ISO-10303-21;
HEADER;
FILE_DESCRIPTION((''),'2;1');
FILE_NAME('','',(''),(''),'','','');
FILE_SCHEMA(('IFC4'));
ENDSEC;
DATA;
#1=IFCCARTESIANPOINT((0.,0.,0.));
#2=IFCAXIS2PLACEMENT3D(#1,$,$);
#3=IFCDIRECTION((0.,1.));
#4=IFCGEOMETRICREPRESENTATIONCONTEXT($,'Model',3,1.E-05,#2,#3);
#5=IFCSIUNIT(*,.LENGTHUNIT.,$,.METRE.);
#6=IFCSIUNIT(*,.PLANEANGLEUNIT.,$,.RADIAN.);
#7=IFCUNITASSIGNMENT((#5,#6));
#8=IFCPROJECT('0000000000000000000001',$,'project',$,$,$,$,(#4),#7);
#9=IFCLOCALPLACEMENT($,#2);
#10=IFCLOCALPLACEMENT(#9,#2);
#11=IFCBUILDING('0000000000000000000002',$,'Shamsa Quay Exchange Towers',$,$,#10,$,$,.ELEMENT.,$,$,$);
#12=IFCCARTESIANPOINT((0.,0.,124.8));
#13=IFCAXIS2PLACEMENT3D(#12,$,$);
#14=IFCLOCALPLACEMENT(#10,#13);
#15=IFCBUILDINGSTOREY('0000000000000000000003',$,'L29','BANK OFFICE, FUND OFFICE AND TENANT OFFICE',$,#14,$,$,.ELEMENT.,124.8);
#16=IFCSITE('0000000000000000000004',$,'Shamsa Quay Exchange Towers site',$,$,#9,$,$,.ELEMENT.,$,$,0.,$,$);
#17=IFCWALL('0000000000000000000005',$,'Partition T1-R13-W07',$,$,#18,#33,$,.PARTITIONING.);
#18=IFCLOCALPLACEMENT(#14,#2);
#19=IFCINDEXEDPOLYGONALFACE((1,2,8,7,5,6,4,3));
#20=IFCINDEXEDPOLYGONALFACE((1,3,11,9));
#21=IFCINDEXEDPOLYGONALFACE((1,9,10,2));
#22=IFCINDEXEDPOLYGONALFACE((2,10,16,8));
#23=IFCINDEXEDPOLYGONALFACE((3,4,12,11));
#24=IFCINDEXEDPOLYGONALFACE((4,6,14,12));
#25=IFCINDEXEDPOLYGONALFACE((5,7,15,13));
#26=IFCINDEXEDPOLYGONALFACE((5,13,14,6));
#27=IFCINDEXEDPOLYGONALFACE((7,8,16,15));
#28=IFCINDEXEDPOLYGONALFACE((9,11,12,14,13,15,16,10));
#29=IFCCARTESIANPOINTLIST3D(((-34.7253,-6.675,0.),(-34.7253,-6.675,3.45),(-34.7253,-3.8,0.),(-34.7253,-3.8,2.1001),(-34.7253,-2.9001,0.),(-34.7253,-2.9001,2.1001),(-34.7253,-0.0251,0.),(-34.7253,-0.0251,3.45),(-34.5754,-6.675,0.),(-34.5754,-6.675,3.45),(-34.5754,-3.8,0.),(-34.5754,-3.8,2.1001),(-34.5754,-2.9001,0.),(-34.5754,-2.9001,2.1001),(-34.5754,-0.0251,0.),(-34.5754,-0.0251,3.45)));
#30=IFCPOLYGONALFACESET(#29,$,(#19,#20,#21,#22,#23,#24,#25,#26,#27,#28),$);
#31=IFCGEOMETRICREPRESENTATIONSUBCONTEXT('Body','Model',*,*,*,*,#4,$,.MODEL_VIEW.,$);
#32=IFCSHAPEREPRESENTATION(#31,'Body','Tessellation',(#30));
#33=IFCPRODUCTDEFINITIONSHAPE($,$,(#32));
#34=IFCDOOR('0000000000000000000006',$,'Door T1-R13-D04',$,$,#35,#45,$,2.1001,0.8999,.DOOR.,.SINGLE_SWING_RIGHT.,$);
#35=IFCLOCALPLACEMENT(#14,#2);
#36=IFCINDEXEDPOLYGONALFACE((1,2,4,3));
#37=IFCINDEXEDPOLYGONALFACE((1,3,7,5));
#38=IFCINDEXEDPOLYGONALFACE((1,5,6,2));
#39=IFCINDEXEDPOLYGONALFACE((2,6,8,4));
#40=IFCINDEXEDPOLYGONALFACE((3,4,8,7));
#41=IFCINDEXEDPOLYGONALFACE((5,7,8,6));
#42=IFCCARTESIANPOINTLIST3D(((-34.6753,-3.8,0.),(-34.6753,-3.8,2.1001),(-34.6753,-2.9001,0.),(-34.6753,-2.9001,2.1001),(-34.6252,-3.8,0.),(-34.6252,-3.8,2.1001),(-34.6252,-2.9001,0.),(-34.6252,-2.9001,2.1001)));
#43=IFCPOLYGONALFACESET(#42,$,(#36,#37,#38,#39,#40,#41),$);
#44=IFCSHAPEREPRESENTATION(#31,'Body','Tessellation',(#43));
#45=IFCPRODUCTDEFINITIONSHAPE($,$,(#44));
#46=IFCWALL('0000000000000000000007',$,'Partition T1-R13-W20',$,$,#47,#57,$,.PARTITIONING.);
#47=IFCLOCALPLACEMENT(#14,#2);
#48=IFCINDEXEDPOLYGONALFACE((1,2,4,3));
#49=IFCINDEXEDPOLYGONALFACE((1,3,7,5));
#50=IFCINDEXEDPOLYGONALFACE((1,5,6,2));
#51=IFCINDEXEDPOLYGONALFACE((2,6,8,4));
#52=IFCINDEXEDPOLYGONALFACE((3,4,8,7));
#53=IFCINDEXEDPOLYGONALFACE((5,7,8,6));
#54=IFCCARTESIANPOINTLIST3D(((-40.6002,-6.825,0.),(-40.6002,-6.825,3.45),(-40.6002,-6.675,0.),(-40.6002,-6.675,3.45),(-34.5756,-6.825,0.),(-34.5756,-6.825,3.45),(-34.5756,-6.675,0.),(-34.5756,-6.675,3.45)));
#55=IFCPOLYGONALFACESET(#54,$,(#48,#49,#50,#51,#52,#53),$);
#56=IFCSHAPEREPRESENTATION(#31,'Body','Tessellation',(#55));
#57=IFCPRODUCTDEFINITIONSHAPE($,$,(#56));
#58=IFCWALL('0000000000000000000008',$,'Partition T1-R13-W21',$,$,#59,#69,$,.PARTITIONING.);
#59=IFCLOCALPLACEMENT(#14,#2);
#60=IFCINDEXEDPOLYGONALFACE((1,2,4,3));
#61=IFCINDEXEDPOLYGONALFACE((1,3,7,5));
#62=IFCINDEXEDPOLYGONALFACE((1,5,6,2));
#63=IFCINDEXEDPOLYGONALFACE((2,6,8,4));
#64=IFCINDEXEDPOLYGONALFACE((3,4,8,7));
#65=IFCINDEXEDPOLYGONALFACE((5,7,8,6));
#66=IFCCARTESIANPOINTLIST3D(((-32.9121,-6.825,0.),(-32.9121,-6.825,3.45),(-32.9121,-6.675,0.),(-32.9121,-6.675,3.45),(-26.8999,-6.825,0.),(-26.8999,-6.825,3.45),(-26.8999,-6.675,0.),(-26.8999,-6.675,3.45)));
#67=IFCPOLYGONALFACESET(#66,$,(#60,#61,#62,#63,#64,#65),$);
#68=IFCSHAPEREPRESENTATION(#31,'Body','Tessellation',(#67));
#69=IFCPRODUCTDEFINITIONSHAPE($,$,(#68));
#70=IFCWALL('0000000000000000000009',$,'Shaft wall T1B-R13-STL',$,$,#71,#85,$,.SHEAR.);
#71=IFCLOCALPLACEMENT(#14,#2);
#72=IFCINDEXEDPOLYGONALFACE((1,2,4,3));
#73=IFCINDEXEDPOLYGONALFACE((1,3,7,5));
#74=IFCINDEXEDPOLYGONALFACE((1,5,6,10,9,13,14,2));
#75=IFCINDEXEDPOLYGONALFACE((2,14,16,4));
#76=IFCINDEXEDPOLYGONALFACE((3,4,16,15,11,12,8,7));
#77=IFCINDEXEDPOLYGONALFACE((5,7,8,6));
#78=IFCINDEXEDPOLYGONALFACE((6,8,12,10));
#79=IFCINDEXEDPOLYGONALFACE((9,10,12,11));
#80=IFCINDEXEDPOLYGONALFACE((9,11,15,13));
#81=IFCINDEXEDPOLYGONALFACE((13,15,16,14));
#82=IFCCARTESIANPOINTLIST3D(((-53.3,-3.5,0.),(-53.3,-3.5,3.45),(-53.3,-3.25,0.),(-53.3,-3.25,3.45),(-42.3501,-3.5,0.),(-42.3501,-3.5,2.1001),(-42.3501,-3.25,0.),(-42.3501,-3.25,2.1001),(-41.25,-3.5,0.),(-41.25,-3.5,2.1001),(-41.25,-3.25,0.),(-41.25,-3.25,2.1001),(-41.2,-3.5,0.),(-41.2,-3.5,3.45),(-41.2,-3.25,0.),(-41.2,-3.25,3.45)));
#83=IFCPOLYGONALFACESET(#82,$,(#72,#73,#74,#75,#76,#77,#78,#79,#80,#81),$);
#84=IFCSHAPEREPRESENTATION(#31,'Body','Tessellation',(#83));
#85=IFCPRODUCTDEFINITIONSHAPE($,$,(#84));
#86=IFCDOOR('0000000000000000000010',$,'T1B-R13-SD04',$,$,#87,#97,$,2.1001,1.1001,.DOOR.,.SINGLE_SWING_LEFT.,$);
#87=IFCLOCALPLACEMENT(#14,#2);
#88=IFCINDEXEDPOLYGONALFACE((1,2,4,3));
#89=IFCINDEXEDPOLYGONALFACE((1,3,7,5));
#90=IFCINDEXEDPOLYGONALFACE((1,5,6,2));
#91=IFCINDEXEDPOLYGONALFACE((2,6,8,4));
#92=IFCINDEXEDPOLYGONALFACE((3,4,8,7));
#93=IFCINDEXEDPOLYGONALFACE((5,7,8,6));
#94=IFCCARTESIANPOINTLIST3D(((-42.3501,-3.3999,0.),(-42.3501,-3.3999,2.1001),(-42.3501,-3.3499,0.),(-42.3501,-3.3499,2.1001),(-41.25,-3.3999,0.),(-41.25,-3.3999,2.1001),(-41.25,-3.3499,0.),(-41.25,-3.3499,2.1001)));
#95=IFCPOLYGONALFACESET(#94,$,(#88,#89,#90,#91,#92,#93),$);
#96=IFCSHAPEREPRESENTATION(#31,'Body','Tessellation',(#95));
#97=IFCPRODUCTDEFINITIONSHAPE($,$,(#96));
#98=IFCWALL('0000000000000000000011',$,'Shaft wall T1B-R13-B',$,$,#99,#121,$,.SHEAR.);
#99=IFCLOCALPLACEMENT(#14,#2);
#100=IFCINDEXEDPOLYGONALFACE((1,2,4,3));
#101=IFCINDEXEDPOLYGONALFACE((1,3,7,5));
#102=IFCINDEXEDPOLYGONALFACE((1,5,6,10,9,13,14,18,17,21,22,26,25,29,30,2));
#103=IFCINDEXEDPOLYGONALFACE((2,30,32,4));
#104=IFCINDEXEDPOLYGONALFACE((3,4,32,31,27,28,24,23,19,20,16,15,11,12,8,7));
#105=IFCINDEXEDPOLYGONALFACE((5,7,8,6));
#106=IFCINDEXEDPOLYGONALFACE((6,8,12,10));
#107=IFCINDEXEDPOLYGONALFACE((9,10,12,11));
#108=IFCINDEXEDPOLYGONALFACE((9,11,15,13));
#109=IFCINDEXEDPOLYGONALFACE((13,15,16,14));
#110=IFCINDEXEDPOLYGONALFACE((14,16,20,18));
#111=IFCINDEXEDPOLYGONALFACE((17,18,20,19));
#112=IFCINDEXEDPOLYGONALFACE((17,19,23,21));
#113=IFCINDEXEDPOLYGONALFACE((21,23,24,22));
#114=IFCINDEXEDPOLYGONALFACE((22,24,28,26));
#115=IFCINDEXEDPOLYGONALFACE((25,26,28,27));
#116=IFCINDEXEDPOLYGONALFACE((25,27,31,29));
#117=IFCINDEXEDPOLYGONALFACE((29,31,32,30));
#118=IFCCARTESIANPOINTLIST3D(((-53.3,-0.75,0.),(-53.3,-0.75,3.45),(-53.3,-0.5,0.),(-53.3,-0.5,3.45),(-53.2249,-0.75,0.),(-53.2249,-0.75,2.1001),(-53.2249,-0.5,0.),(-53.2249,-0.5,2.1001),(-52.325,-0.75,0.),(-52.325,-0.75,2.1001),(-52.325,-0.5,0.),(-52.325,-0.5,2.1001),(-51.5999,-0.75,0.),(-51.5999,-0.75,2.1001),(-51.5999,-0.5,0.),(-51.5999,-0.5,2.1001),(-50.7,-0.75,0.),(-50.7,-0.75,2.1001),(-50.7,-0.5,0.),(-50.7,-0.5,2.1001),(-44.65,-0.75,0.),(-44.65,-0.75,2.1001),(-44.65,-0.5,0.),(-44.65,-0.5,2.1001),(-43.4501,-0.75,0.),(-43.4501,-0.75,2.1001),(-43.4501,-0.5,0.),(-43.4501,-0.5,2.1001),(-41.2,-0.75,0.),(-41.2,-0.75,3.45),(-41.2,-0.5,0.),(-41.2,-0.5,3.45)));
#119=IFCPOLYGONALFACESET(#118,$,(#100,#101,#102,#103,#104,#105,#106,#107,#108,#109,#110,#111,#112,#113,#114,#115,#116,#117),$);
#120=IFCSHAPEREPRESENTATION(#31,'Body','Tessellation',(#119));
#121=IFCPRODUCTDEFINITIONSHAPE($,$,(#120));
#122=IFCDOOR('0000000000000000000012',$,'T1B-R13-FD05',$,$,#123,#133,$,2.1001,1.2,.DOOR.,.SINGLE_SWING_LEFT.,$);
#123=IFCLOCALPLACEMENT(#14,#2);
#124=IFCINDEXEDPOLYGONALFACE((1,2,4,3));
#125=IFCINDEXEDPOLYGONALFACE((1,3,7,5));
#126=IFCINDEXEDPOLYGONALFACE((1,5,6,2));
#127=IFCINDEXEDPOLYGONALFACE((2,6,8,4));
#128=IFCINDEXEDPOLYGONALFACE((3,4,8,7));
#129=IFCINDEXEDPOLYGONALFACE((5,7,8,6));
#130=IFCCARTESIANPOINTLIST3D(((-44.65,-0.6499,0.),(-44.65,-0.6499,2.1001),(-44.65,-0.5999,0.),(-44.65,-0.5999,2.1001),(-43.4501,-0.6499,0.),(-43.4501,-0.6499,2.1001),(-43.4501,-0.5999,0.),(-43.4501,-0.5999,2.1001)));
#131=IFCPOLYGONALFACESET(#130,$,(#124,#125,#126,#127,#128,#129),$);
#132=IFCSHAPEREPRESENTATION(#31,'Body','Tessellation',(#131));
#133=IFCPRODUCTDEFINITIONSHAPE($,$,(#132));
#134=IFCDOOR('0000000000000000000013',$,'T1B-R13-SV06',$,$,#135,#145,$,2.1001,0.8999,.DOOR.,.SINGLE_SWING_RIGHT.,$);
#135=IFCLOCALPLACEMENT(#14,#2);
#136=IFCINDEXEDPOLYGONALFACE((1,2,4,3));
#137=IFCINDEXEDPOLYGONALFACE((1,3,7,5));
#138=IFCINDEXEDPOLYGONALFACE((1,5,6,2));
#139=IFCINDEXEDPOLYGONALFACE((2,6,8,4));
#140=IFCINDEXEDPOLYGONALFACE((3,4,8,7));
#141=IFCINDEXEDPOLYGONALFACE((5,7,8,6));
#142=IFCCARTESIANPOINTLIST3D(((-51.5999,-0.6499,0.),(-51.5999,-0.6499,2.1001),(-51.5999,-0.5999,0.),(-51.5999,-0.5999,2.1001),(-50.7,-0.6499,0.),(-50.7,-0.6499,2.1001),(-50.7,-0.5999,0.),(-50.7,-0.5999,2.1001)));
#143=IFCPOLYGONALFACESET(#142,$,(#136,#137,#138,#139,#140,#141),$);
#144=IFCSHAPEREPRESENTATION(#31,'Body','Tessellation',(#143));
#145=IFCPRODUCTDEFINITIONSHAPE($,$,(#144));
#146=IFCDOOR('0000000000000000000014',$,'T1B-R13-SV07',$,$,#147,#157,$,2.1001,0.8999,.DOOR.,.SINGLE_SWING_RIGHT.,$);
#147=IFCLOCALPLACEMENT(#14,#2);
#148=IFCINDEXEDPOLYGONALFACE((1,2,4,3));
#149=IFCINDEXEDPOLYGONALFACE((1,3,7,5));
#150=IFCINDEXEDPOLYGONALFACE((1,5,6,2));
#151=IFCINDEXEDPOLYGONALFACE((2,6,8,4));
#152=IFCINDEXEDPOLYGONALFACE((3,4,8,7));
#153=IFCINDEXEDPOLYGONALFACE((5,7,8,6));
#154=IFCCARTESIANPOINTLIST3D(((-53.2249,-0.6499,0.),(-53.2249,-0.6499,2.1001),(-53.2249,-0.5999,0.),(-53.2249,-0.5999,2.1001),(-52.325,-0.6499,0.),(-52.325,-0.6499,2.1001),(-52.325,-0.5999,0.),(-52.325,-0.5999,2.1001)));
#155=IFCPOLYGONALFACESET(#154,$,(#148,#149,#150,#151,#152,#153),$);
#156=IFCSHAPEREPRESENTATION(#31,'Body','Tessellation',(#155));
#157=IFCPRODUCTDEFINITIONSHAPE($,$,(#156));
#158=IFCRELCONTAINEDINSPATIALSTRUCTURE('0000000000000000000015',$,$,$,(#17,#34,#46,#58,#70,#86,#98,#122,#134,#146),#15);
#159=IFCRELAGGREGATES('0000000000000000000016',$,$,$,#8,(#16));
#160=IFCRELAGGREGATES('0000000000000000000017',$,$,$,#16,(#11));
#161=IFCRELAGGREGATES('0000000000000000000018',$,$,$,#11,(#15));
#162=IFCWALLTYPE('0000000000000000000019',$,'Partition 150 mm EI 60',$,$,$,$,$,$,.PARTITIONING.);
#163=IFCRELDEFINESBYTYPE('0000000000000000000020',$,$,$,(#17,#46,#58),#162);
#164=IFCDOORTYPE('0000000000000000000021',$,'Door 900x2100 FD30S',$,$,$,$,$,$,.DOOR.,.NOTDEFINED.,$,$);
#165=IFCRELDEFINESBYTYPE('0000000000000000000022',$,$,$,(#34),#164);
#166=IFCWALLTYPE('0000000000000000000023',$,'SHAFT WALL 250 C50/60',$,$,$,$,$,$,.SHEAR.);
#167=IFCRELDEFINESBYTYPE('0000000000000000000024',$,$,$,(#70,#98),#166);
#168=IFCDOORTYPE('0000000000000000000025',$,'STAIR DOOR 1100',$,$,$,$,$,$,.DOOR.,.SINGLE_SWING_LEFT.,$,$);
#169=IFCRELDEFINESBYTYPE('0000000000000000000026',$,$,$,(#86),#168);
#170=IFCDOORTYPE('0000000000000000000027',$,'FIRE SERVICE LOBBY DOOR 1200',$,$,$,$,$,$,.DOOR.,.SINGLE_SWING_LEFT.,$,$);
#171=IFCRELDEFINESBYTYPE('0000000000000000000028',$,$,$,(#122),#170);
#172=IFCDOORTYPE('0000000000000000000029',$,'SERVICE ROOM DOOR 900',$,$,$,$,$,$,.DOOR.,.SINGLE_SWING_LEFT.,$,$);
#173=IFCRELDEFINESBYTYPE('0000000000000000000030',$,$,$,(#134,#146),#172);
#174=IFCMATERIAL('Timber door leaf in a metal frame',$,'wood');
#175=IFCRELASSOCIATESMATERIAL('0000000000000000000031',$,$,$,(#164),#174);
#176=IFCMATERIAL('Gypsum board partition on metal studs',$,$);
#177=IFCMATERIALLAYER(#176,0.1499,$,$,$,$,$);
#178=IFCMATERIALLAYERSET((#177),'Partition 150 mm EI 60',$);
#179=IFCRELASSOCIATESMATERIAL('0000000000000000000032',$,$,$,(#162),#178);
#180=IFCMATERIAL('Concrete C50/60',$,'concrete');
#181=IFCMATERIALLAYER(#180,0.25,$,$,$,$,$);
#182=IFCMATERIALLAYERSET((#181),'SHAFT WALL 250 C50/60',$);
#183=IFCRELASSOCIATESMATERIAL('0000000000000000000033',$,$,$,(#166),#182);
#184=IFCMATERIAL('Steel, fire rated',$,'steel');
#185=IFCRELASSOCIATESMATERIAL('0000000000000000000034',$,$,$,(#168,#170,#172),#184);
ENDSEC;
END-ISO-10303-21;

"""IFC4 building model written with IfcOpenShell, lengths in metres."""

from ifc_helpers import new_model, si_unit, direction, frame, frame_2d, origin, place, context, subcontext, project, spatial, rectangle, extrude, material, layer, layer_set, type_object, element, fill, save


model = new_model("IFC4")

# Units and contexts
model_context = context("Model", 3, precision=1e-05, world=origin(), true_north=direction((0.0, 1.0)))
body_context = subcontext(model_context, "Body", "Model", "MODEL_VIEW")
ifc_project = project(units=[si_unit("LENGTHUNIT", "METRE"), si_unit("PLANEANGLEUNIT", "RADIAN")], contexts=[model_context])

# Site, building, storey
site_placement = place(None, origin())
site = spatial("IfcSite", under=ifc_project, at=site_placement, Name="Shamsa Quay Exchange Towers site", CompositionType="ELEMENT", RefElevation=0.0)
building_placement = place(site_placement, origin())
building = spatial("IfcBuilding", under=site, at=building_placement, Name="Shamsa Quay Exchange Towers", CompositionType="ELEMENT")
storey_placement = place(building_placement, frame((0.0, 0.0, 124.8)))
storey = spatial("IfcBuildingStorey", under=building, at=storey_placement, Name="L29", Description="BANK OFFICE, FUND OFFICE AND TENANT OFFICE", CompositionType="ELEMENT", Elevation=124.8)

# Wall, opening, door
ifc_material_1 = material(Name="Steel, fire rated", Category="steel")
ifc_material_2 = material(Name="Timber door leaf in a metal frame", Category="wood")
door_type_1 = type_object("IfcDoorType", Name="Door 900x2100 FD30S", OperationType="NOTDEFINED", PredefinedType="DOOR", material=ifc_material_2)
ifc_material_3 = material(Name="Gypsum board partition on metal studs")
ifc_layer_1 = layer(ifc_material_3, 0.1499)
ifc_layer_set_1 = layer_set([ifc_layer_1], Name="Partition 150 mm EI 60")
wall_type_1 = type_object("IfcWallType", Name="Partition 150 mm EI 60", PredefinedType="PARTITIONING", material=ifc_layer_set_1)
wall_1_placement = place(storey_placement, frame((-34.6504, -6.675, 0.0), z_axis=(0.0, 0.0, 1.0), x_axis=(0.0, 1.0, 0.0)))
wall_1 = element("IfcWall", 1, at=wall_1_placement, inside=storey, type_object=wall_type_1, Name="Partition T1-R13-W07", PredefinedType="PARTITIONING", context=body_context, shape_type="SweptSolid", body=[
    extrude(rectangle(XDim=6.6499, YDim=0.1499, at=frame_2d((3.325, 0.0))), origin(), (0.0, 0.0, 1.0), 3.45),
])
opening_1_placement = place(wall_1_placement, frame((2.875, 0.0, 0.0)))
opening_1 = element("IfcOpeningElement", 2, at=opening_1_placement, cuts=wall_1, PredefinedType="OPENING", context=body_context, shape_type="SweptSolid", body=[
    extrude(rectangle(XDim=0.8999, YDim=2.1001, at=frame_2d((0.45, 1.05))), frame((0.0, 0.085, 0.0), z_axis=(0.0, -1.0, 0.0), x_axis=(1.0, 0.0, 0.0)), (0.0, 0.0, 1.0), 0.1699),
])
door_1_placement = place(opening_1_placement, origin())
door_1 = element("IfcDoor", 3, at=door_1_placement, inside=storey, type_object=door_type_1, Name="Door T1-R13-D04", OperationType="SINGLE_SWING_RIGHT", OverallHeight=2.1001, OverallWidth=0.8999, PredefinedType="DOOR", context=body_context, shape_type="SweptSolid", body=[
    extrude(rectangle(XDim=0.8999, YDim=2.1001, at=frame_2d((0.45, 1.05))), frame((0.0, 0.0249, 0.0), z_axis=(0.0, -1.0, 0.0), x_axis=(1.0, 0.0, 0.0)), (0.0, 0.0, 1.0), 0.05),
])
fill(opening_1, door_1)

# Walls
wall_2_placement = place(storey_placement, frame((-40.6001, -6.75, 0.0)))
element("IfcWall", 4, at=wall_2_placement, inside=storey, type_object=wall_type_1, Name="Partition T1-R13-W20", PredefinedType="PARTITIONING", context=body_context, shape_type="SweptSolid", body=[
    extrude(rectangle(XDim=6.0247, YDim=0.1499, at=frame_2d((3.0122, 0.0))), origin(), (0.0, 0.0, 1.0), 3.45),
])
wall_3_placement = place(storey_placement, frame((-32.9121, -6.75, 0.0)))
element("IfcWall", 5, at=wall_3_placement, inside=storey, type_object=wall_type_1, Name="Partition T1-R13-W21", PredefinedType="PARTITIONING", context=body_context, shape_type="SweptSolid", body=[
    extrude(rectangle(XDim=6.0122, YDim=0.1499, at=frame_2d((3.0061, 0.0))), origin(), (0.0, 0.0, 1.0), 3.45),
])

# Wall, opening, door
ifc_material_4 = material(Name="Concrete C50/60", Category="concrete")
ifc_layer_2 = layer(ifc_material_4, 0.25)
ifc_layer_set_2 = layer_set([ifc_layer_2], Name="SHAFT WALL 250 C50/60")
wall_type_2 = type_object("IfcWallType", Name="SHAFT WALL 250 C50/60", PredefinedType="SHEAR", material=ifc_layer_set_2)
wall_4_placement = place(storey_placement, frame((-41.2, -3.375, 0.0), z_axis=(0.0, 0.0, 1.0), x_axis=(-1.0, 0.0, 0.0)))
wall_4 = element("IfcWall", 6, at=wall_4_placement, inside=storey, type_object=wall_type_2, Name="Shaft wall T1B-R13-STL", PredefinedType="SHEAR", context=body_context, shape_type="SweptSolid", body=[
    extrude(rectangle(XDim=12.1001, YDim=0.25, at=frame_2d((6.05, 0.0))), origin(), (0.0, 0.0, 1.0), 3.45),
])
opening_2_placement = place(wall_4_placement, frame((0.05, 0.0, 0.0)))
opening_2 = element("IfcOpeningElement", 7, at=opening_2_placement, cuts=wall_4, PredefinedType="OPENING", context=body_context, shape_type="SweptSolid", body=[
    extrude(rectangle(XDim=1.1001, YDim=2.1001, at=frame_2d((0.55, 1.05))), frame((0.0, 0.135, 0.0), z_axis=(0.0, -1.0, 0.0), x_axis=(1.0, 0.0, 0.0)), (0.0, 0.0, 1.0), 0.27),
])
door_type_2 = type_object("IfcDoorType", Name="STAIR DOOR 1100", OperationType="SINGLE_SWING_LEFT", PredefinedType="DOOR", material=ifc_material_1)
door_2_placement = place(opening_2_placement, origin())
door_2 = element("IfcDoor", 8, at=door_2_placement, inside=storey, type_object=door_type_2, Name="T1B-R13-SD04", OperationType="SINGLE_SWING_LEFT", OverallHeight=2.1001, OverallWidth=1.1001, PredefinedType="DOOR", context=body_context, shape_type="SweptSolid", body=[
    extrude(rectangle(XDim=1.1001, YDim=2.1001, at=frame_2d((0.55, 1.05))), frame((0.0, 0.0249, 0.0), z_axis=(0.0, -1.0, 0.0), x_axis=(1.0, 0.0, 0.0)), (0.0, 0.0, 1.0), 0.05),
])
fill(opening_2, door_2)

# Wall, openings, doors
wall_5_placement = place(storey_placement, frame((-41.2, -0.625, 0.0), z_axis=(0.0, 0.0, 1.0), x_axis=(-1.0, 0.0, 0.0)))
wall_5 = element("IfcWall", 9, at=wall_5_placement, inside=storey, type_object=wall_type_2, Name="Shaft wall T1B-R13-B", PredefinedType="SHEAR", context=body_context, shape_type="SweptSolid", body=[
    extrude(rectangle(XDim=12.1001, YDim=0.25, at=frame_2d((6.05, 0.0))), origin(), (0.0, 0.0, 1.0), 3.45),
])
opening_3_placement = place(wall_5_placement, frame((2.25, 0.0, 0.0)))
opening_3 = element("IfcOpeningElement", 10, at=opening_3_placement, cuts=wall_5, PredefinedType="OPENING", context=body_context, shape_type="SweptSolid", body=[
    extrude(rectangle(XDim=1.2, YDim=2.1001, at=frame_2d((0.6001, 1.05))), frame((0.0, 0.135, 0.0), z_axis=(0.0, -1.0, 0.0), x_axis=(1.0, 0.0, 0.0)), (0.0, 0.0, 1.0), 0.27),
])
opening_4_placement = place(wall_5_placement, frame((9.5, 0.0, 0.0)))
opening_4 = element("IfcOpeningElement", 11, at=opening_4_placement, cuts=wall_5, PredefinedType="OPENING", context=body_context, shape_type="SweptSolid", body=[
    extrude(rectangle(XDim=0.8999, YDim=2.1001, at=frame_2d((0.45, 1.05))), frame((0.0, 0.135, 0.0), z_axis=(0.0, -1.0, 0.0), x_axis=(1.0, 0.0, 0.0)), (0.0, 0.0, 1.0), 0.27),
])
opening_5_placement = place(wall_5_placement, frame((11.125, 0.0, 0.0)))
opening_5 = element("IfcOpeningElement", 12, at=opening_5_placement, cuts=wall_5, PredefinedType="OPENING", context=body_context, shape_type="SweptSolid", body=[
    extrude(rectangle(XDim=0.8999, YDim=2.1001, at=frame_2d((0.45, 1.05))), frame((0.0, 0.135, 0.0), z_axis=(0.0, -1.0, 0.0), x_axis=(1.0, 0.0, 0.0)), (0.0, 0.0, 1.0), 0.27),
])
door_type_3 = type_object("IfcDoorType", Name="FIRE SERVICE LOBBY DOOR 1200", OperationType="SINGLE_SWING_LEFT", PredefinedType="DOOR", material=ifc_material_1)
door_3_placement = place(opening_3_placement, origin())
door_3 = element("IfcDoor", 13, at=door_3_placement, inside=storey, type_object=door_type_3, Name="T1B-R13-FD05", OperationType="SINGLE_SWING_LEFT", OverallHeight=2.1001, OverallWidth=1.2, PredefinedType="DOOR", context=body_context, shape_type="SweptSolid", body=[
    extrude(rectangle(XDim=1.2, YDim=2.1001, at=frame_2d((0.6001, 1.05))), frame((0.0, 0.0249, 0.0), z_axis=(0.0, -1.0, 0.0), x_axis=(1.0, 0.0, 0.0)), (0.0, 0.0, 1.0), 0.05),
])
fill(opening_3, door_3)
door_type_4 = type_object("IfcDoorType", Name="SERVICE ROOM DOOR 900", OperationType="SINGLE_SWING_LEFT", PredefinedType="DOOR", material=ifc_material_1)
door_4_placement = place(opening_4_placement, origin())
door_4 = element("IfcDoor", 14, at=door_4_placement, inside=storey, type_object=door_type_4, Name="T1B-R13-SV06", OperationType="SINGLE_SWING_RIGHT", OverallHeight=2.1001, OverallWidth=0.8999, PredefinedType="DOOR", context=body_context, shape_type="SweptSolid", body=[
    extrude(rectangle(XDim=0.8999, YDim=2.1001, at=frame_2d((0.45, 1.05))), frame((0.0, 0.0249, 0.0), z_axis=(0.0, -1.0, 0.0), x_axis=(1.0, 0.0, 0.0)), (0.0, 0.0, 1.0), 0.05),
])
fill(opening_4, door_4)
door_5_placement = place(opening_5_placement, origin())
door_5 = element("IfcDoor", 15, at=door_5_placement, inside=storey, type_object=door_type_4, Name="T1B-R13-SV07", OperationType="SINGLE_SWING_RIGHT", OverallHeight=2.1001, OverallWidth=0.8999, PredefinedType="DOOR", context=body_context, shape_type="SweptSolid", body=[
    extrude(rectangle(XDim=0.8999, YDim=2.1001, at=frame_2d((0.45, 1.05))), frame((0.0, 0.0249, 0.0), z_axis=(0.0, -1.0, 0.0), x_axis=(1.0, 0.0, 0.0)), (0.0, 0.0, 1.0), 0.05),
])
fill(opening_5, door_5)

save(model, "model.ifc")
